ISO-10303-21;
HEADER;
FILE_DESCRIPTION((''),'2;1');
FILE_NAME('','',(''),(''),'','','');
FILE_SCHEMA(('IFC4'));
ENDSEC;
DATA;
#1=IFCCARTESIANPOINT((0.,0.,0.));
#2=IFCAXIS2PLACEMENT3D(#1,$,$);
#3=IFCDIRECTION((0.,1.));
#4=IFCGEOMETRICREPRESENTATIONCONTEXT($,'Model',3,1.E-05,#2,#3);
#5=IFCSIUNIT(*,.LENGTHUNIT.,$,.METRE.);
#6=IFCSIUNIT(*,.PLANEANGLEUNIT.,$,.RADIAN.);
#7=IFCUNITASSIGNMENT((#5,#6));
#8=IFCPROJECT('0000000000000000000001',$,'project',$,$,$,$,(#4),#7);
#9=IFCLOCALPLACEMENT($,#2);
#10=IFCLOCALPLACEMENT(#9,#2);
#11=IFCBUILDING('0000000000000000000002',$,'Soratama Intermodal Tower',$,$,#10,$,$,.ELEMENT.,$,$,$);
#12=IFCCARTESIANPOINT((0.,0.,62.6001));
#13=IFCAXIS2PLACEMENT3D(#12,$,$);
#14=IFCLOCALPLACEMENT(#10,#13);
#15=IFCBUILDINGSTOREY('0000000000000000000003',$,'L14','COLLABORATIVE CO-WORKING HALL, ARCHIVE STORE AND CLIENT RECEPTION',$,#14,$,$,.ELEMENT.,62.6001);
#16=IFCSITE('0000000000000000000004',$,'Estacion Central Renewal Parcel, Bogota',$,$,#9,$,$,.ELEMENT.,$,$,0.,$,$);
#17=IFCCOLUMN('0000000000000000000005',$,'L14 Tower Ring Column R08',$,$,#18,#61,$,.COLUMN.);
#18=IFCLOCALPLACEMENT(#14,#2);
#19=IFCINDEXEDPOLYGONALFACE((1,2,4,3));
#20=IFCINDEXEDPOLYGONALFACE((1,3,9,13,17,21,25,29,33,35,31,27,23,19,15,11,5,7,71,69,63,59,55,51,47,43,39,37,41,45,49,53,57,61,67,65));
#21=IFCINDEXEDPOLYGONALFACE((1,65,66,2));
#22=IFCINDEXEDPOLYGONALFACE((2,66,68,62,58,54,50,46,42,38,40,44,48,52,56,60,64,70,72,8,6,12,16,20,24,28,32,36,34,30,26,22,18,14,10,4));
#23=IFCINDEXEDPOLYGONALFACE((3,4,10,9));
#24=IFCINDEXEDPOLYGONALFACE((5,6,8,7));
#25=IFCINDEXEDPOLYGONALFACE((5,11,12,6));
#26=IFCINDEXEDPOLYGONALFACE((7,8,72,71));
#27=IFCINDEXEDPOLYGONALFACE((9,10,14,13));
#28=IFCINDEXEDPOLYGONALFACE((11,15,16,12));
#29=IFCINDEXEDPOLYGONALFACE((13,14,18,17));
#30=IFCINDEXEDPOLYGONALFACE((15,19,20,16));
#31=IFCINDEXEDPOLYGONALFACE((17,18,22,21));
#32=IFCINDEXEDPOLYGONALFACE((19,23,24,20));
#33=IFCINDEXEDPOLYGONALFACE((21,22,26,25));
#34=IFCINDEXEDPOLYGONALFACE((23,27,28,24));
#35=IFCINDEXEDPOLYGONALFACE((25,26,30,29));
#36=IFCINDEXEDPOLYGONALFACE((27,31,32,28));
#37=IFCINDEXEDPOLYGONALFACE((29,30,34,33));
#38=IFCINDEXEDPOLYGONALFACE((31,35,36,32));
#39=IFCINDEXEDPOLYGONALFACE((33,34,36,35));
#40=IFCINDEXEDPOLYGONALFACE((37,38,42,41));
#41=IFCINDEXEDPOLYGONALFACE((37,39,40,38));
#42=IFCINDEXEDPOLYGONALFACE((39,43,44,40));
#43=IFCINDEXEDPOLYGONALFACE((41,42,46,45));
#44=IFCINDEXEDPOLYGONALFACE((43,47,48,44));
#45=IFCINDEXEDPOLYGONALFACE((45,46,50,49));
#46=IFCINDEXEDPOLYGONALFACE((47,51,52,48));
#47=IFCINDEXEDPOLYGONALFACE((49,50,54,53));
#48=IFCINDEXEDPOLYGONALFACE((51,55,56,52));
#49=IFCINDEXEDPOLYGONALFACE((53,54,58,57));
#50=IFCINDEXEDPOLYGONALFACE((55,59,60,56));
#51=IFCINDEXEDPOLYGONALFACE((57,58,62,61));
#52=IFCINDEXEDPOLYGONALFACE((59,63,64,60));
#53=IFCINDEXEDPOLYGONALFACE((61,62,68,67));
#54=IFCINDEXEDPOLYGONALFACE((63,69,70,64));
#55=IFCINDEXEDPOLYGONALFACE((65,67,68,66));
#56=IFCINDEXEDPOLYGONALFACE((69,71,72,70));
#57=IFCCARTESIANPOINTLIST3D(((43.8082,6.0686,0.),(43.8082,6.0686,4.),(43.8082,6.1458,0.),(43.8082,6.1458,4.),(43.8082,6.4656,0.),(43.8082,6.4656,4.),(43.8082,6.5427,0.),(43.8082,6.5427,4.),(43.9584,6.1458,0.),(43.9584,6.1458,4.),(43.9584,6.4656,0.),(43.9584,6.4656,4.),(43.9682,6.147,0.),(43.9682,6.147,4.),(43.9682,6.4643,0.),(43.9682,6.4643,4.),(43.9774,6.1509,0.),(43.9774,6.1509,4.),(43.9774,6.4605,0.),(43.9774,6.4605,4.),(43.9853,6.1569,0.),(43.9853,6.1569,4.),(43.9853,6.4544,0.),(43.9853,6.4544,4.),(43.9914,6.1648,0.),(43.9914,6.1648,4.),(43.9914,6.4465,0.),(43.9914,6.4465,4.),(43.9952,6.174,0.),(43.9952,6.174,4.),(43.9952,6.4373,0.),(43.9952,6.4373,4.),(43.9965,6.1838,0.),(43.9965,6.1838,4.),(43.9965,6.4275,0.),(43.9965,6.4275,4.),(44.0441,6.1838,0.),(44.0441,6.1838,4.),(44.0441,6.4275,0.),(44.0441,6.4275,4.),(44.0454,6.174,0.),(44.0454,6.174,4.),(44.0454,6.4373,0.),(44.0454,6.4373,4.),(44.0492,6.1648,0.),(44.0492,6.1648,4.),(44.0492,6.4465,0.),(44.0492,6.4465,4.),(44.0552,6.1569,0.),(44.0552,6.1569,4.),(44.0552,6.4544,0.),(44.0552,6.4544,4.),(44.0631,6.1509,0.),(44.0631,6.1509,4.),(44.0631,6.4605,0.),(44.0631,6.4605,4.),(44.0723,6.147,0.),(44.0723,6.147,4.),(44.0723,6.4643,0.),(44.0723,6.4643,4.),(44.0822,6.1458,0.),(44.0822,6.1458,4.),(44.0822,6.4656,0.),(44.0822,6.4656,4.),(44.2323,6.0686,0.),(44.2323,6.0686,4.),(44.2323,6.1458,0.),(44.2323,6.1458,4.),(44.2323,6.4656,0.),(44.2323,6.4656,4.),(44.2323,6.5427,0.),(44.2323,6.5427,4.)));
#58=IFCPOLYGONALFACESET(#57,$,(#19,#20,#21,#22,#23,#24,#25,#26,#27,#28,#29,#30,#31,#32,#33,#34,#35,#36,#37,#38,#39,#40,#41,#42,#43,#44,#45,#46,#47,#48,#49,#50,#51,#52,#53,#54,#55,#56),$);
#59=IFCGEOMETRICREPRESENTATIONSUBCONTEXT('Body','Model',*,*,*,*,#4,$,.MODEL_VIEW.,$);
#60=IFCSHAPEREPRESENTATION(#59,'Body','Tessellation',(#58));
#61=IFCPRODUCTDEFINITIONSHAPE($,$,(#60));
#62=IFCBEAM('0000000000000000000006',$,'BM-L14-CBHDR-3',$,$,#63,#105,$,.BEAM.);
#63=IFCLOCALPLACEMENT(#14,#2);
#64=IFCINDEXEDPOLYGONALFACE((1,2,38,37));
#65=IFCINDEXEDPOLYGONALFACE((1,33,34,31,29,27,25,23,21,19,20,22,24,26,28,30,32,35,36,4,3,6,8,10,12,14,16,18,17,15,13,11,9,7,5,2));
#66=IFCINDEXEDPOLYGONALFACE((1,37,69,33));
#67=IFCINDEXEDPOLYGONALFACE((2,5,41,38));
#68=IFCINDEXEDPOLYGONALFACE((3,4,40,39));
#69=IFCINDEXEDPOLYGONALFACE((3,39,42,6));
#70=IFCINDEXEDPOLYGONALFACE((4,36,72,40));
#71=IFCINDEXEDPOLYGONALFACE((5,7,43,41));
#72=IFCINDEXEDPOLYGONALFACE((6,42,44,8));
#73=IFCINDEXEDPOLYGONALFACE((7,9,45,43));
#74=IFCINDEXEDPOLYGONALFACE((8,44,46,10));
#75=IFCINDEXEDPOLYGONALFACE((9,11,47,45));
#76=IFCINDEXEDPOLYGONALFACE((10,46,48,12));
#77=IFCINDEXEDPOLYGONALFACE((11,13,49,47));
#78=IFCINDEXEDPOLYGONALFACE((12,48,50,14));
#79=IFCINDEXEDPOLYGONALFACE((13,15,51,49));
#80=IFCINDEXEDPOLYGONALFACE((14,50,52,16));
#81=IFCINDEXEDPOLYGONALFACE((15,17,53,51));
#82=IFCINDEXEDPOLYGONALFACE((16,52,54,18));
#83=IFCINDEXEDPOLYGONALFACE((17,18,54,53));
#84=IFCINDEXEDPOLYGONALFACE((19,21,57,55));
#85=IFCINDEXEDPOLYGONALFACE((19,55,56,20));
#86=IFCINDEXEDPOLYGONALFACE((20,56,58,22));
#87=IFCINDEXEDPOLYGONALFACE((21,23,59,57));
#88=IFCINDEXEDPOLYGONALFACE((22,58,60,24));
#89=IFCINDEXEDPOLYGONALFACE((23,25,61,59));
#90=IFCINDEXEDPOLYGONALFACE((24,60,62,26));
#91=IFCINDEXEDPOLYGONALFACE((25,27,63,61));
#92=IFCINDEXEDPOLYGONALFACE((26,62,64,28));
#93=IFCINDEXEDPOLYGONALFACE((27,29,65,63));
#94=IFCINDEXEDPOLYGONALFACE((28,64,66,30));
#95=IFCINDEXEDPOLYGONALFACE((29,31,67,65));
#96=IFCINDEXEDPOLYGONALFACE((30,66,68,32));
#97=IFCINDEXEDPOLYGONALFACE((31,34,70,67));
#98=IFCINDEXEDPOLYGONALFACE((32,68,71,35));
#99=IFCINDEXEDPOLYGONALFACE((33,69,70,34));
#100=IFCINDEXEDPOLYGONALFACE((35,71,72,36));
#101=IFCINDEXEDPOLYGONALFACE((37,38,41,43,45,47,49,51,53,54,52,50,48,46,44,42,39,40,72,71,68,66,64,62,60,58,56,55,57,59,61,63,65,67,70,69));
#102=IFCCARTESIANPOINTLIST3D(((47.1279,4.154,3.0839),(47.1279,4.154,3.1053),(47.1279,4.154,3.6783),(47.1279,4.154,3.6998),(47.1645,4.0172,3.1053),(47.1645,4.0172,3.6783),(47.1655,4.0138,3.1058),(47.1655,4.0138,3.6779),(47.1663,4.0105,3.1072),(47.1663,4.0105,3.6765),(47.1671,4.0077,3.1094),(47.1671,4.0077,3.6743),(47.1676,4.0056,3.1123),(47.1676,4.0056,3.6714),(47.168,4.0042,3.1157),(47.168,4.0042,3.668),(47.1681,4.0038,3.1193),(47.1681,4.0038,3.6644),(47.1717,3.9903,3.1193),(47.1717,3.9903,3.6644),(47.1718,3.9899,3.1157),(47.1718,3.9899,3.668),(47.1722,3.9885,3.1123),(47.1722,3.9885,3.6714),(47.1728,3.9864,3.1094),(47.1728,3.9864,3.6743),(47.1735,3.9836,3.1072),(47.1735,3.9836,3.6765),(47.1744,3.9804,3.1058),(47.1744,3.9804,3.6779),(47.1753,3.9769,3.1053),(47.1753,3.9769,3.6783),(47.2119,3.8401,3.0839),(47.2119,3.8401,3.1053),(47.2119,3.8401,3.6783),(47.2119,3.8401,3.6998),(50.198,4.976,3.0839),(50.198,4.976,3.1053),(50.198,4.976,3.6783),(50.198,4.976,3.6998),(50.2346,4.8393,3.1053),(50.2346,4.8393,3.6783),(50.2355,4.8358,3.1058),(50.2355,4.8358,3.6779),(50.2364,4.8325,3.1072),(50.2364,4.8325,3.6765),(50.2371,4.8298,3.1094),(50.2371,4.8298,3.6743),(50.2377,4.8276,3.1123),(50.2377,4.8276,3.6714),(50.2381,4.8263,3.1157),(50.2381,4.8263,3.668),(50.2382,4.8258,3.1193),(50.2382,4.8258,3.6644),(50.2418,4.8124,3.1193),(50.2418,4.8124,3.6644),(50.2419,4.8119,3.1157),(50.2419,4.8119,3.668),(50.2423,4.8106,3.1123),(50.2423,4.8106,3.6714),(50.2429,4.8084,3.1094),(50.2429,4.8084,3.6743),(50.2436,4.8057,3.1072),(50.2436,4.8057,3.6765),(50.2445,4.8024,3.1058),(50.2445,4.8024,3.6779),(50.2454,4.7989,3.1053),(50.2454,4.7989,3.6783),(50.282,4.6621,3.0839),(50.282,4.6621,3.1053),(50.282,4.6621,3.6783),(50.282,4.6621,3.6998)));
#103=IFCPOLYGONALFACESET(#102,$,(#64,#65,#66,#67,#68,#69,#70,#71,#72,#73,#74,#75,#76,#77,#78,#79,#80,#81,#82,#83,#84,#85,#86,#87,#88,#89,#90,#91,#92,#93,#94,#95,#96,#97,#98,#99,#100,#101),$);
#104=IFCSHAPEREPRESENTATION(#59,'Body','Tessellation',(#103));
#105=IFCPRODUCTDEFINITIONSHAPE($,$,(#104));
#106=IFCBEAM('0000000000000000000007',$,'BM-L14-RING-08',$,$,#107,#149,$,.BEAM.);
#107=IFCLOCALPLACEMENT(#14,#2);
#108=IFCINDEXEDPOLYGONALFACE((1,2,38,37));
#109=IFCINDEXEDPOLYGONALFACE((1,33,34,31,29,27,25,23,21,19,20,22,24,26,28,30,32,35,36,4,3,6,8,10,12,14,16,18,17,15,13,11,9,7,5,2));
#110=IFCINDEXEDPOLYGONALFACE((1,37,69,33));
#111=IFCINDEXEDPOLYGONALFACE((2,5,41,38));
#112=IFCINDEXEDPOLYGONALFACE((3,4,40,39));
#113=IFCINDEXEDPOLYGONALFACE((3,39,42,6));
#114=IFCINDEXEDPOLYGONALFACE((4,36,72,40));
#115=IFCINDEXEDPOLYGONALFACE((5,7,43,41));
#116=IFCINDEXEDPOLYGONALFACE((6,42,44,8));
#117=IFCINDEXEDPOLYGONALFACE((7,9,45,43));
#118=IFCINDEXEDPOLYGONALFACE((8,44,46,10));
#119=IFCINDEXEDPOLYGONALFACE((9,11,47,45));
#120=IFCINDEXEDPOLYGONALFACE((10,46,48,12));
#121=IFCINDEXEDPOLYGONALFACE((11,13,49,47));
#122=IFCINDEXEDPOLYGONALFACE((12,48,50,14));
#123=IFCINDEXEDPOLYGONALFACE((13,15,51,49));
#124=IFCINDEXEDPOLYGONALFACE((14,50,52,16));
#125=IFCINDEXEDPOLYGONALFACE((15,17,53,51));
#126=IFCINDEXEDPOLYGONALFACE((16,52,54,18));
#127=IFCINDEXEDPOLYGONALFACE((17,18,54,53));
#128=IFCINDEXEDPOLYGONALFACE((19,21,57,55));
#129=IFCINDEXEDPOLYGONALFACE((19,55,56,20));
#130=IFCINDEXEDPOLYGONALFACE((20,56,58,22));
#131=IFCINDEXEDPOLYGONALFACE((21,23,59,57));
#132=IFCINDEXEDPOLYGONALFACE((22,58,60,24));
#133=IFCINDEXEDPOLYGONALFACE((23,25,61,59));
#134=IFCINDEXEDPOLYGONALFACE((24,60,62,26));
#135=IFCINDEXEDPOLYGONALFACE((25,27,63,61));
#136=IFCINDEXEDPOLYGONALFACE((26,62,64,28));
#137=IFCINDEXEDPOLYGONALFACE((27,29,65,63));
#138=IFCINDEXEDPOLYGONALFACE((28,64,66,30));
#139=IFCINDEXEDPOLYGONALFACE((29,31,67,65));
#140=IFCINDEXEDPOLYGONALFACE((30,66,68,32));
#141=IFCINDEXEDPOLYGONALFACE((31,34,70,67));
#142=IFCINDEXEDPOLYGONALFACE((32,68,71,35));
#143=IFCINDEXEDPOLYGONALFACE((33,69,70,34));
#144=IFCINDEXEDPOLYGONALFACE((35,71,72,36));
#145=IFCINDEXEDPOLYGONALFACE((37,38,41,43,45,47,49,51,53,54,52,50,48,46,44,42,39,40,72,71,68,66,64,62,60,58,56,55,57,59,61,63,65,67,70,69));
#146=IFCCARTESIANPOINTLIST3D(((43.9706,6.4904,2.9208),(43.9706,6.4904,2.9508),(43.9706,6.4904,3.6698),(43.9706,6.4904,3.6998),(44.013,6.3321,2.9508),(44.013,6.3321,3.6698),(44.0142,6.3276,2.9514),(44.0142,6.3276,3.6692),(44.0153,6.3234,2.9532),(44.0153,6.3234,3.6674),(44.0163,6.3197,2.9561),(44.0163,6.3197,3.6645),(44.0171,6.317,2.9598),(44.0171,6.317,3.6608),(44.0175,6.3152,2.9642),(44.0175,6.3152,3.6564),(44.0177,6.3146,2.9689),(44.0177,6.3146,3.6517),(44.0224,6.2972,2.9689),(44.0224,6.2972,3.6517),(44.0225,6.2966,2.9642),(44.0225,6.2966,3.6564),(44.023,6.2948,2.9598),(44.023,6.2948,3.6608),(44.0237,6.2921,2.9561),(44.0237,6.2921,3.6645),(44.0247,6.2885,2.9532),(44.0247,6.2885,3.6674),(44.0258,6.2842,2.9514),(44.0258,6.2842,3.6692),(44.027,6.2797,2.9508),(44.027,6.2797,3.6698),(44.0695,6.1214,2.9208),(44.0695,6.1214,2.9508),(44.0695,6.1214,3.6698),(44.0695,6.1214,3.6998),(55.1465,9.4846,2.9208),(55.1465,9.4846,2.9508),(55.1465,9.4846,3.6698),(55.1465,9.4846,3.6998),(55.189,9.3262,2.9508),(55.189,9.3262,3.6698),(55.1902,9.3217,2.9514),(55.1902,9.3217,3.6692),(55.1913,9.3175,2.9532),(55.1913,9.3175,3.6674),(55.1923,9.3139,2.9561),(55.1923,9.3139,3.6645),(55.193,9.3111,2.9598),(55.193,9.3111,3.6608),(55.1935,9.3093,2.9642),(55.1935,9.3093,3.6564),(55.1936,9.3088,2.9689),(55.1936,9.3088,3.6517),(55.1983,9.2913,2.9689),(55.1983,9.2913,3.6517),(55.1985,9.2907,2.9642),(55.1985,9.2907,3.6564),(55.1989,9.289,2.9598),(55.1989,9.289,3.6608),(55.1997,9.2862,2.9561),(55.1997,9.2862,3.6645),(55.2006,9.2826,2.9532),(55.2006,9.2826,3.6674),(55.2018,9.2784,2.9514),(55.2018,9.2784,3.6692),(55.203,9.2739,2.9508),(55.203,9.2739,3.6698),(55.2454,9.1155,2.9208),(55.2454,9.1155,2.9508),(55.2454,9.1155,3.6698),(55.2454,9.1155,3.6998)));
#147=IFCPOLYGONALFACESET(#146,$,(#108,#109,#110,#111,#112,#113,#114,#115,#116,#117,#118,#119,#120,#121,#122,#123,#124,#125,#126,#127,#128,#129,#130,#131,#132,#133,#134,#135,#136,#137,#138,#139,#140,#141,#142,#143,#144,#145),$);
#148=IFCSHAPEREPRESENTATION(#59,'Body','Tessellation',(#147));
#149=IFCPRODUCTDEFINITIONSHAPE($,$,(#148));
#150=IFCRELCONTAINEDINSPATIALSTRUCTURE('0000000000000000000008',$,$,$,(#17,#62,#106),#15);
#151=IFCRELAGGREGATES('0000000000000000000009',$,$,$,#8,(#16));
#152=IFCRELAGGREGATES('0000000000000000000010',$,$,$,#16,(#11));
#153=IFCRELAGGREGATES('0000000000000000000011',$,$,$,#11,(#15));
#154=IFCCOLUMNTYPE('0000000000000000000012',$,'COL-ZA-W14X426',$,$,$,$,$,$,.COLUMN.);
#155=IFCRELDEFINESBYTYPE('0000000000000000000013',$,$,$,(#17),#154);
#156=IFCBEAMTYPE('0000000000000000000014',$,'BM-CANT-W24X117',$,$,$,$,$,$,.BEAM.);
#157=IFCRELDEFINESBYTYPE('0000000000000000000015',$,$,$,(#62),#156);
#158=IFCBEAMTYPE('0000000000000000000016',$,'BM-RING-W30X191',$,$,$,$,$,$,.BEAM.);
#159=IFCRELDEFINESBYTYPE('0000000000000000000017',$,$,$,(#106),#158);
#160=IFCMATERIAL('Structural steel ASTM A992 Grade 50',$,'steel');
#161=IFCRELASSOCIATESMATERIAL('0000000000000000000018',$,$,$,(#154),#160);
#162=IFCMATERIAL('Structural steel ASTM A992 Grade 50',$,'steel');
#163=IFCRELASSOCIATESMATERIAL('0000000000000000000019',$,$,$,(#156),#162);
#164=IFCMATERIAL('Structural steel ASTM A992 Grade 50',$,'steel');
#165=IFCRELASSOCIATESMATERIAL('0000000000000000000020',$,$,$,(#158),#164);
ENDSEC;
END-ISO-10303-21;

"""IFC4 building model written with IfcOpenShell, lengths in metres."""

from ifc_helpers import new_model, si_unit, direction, frame, origin, origin_2d, place, context, subcontext, project, spatial, i_section, extrude, material, material_profile, profile_set, type_object, element, save


model = new_model("IFC4")

# Units and contexts
model_context = context("Model", 3, precision=1e-05, world=origin(), true_north=direction((0.0, 1.0)))
body_context = subcontext(model_context, "Body", "Model", "MODEL_VIEW")
ifc_project = project(units=[si_unit("LENGTHUNIT", "METRE"), si_unit("PLANEANGLEUNIT", "RADIAN")], contexts=[model_context])

# Site, building, storey
site_placement = place(None, origin())
site = spatial("IfcSite", under=ifc_project, at=site_placement, Name="Estacion Central Renewal Parcel, Bogota", CompositionType="ELEMENT", RefElevation=0.0)
building_placement = place(site_placement, origin())
building = spatial("IfcBuilding", under=site, at=building_placement, Name="Soratama Intermodal Tower", CompositionType="ELEMENT")
storey_placement = place(building_placement, frame((0.0, 0.0, 62.6001)))
storey = spatial("IfcBuildingStorey", under=building, at=storey_placement, Name="L14", Description="COLLABORATIVE CO-WORKING HALL, ARCHIVE STORE AND CLIENT RECEPTION", CompositionType="ELEMENT", Elevation=62.6001)

# Column
ifc_material_1 = material(Name="Structural steel ASTM A992 Grade 50", Category="steel")
ifc_material_profile_1 = material_profile(ifc_material_1, i_section(OverallWidth=0.4241, OverallDepth=0.4741, WebThickness=0.0476, FlangeThickness=0.0771, FilletRadius=0.0381, at=origin_2d()), Name="W14X426")
ifc_profile_set_1 = profile_set([ifc_material_profile_1], Name="Structural steel ASTM A992 Grade 50")
column_type = type_object("IfcColumnType", Name="COL-ZA-W14X426", PredefinedType="COLUMN", material=ifc_profile_set_1)
column_placement = place(storey_placement, frame((44.0203, 6.3057, 0.0), z_axis=(0.0, 0.0, 1.0), x_axis=(1.0, 0.0, 0.0)))
element("IfcColumn", 1, at=column_placement, inside=storey, type_object=column_type, Name="L14 Tower Ring Column R08", PredefinedType="COLUMN", context=body_context, shape_type="SweptSolid", body=[
    extrude(i_section(OverallWidth=0.4241, OverallDepth=0.4741, WebThickness=0.0476, FlangeThickness=0.0771, FilletRadius=0.0381, at=origin_2d()), origin(), (0.0, 0.0, 1.0), 4.0),
])

# Beams
ifc_material_2 = material(Name="Structural steel ASTM A992 Grade 50", Category="steel")
ifc_material_profile_2 = material_profile(ifc_material_2, i_section(OverallWidth=0.325, OverallDepth=0.616, WebThickness=0.0139, FlangeThickness=0.0215, FilletRadius=0.0139, at=origin_2d()), Name="W24X117")
ifc_profile_set_2 = profile_set([ifc_material_profile_2], Name="Structural steel ASTM A992 Grade 50")
beam_type_1 = type_object("IfcBeamType", Name="BM-CANT-W24X117", PredefinedType="BEAM", material=ifc_profile_set_2)
beam_1_placement = place(storey_placement, frame((47.1699, 3.9971, 3.3918), z_axis=(0.965973, 0.258643, 0.0), x_axis=(-0.258643, 0.965973, 0.0)))
element("IfcBeam", 2, at=beam_1_placement, inside=storey, type_object=beam_type_1, Name="BM-L14-CBHDR-3", PredefinedType="BEAM", context=body_context, shape_type="SweptSolid", body=[
    extrude(i_section(OverallWidth=0.325, OverallDepth=0.616, WebThickness=0.0139, FlangeThickness=0.0215, FilletRadius=0.0139, at=origin_2d()), origin(), (0.0, 0.0, 1.0), 3.1782),
])
ifc_material_3 = material(Name="Structural steel ASTM A992 Grade 50", Category="steel")
ifc_material_profile_3 = material_profile(ifc_material_3, i_section(OverallWidth=0.3821, OverallDepth=0.7791, WebThickness=0.0181, FlangeThickness=0.03, FilletRadius=0.0181, at=origin_2d()), Name="W30X191")
ifc_profile_set_3 = profile_set([ifc_material_profile_3], Name="Structural steel ASTM A992 Grade 50")
beam_type_2 = type_object("IfcBeamType", Name="BM-RING-W30X191", PredefinedType="BEAM", material=ifc_profile_set_3)
beam_2_placement = place(storey_placement, frame((44.02, 6.3059, 3.3103), z_axis=(0.965936, 0.258781, 0.0), x_axis=(-0.258781, 0.965936, 0.0)))
element("IfcBeam", 3, at=beam_2_placement, inside=storey, type_object=beam_type_2, Name="BM-L14-RING-08", PredefinedType="BEAM", context=body_context, shape_type="SweptSolid", body=[
    extrude(i_section(OverallWidth=0.3821, OverallDepth=0.7791, WebThickness=0.0181, FlangeThickness=0.03, FilletRadius=0.0181, at=origin_2d()), origin(), (0.0, 0.0, 1.0), 11.5701),
])

save(model, "model.ifc")
